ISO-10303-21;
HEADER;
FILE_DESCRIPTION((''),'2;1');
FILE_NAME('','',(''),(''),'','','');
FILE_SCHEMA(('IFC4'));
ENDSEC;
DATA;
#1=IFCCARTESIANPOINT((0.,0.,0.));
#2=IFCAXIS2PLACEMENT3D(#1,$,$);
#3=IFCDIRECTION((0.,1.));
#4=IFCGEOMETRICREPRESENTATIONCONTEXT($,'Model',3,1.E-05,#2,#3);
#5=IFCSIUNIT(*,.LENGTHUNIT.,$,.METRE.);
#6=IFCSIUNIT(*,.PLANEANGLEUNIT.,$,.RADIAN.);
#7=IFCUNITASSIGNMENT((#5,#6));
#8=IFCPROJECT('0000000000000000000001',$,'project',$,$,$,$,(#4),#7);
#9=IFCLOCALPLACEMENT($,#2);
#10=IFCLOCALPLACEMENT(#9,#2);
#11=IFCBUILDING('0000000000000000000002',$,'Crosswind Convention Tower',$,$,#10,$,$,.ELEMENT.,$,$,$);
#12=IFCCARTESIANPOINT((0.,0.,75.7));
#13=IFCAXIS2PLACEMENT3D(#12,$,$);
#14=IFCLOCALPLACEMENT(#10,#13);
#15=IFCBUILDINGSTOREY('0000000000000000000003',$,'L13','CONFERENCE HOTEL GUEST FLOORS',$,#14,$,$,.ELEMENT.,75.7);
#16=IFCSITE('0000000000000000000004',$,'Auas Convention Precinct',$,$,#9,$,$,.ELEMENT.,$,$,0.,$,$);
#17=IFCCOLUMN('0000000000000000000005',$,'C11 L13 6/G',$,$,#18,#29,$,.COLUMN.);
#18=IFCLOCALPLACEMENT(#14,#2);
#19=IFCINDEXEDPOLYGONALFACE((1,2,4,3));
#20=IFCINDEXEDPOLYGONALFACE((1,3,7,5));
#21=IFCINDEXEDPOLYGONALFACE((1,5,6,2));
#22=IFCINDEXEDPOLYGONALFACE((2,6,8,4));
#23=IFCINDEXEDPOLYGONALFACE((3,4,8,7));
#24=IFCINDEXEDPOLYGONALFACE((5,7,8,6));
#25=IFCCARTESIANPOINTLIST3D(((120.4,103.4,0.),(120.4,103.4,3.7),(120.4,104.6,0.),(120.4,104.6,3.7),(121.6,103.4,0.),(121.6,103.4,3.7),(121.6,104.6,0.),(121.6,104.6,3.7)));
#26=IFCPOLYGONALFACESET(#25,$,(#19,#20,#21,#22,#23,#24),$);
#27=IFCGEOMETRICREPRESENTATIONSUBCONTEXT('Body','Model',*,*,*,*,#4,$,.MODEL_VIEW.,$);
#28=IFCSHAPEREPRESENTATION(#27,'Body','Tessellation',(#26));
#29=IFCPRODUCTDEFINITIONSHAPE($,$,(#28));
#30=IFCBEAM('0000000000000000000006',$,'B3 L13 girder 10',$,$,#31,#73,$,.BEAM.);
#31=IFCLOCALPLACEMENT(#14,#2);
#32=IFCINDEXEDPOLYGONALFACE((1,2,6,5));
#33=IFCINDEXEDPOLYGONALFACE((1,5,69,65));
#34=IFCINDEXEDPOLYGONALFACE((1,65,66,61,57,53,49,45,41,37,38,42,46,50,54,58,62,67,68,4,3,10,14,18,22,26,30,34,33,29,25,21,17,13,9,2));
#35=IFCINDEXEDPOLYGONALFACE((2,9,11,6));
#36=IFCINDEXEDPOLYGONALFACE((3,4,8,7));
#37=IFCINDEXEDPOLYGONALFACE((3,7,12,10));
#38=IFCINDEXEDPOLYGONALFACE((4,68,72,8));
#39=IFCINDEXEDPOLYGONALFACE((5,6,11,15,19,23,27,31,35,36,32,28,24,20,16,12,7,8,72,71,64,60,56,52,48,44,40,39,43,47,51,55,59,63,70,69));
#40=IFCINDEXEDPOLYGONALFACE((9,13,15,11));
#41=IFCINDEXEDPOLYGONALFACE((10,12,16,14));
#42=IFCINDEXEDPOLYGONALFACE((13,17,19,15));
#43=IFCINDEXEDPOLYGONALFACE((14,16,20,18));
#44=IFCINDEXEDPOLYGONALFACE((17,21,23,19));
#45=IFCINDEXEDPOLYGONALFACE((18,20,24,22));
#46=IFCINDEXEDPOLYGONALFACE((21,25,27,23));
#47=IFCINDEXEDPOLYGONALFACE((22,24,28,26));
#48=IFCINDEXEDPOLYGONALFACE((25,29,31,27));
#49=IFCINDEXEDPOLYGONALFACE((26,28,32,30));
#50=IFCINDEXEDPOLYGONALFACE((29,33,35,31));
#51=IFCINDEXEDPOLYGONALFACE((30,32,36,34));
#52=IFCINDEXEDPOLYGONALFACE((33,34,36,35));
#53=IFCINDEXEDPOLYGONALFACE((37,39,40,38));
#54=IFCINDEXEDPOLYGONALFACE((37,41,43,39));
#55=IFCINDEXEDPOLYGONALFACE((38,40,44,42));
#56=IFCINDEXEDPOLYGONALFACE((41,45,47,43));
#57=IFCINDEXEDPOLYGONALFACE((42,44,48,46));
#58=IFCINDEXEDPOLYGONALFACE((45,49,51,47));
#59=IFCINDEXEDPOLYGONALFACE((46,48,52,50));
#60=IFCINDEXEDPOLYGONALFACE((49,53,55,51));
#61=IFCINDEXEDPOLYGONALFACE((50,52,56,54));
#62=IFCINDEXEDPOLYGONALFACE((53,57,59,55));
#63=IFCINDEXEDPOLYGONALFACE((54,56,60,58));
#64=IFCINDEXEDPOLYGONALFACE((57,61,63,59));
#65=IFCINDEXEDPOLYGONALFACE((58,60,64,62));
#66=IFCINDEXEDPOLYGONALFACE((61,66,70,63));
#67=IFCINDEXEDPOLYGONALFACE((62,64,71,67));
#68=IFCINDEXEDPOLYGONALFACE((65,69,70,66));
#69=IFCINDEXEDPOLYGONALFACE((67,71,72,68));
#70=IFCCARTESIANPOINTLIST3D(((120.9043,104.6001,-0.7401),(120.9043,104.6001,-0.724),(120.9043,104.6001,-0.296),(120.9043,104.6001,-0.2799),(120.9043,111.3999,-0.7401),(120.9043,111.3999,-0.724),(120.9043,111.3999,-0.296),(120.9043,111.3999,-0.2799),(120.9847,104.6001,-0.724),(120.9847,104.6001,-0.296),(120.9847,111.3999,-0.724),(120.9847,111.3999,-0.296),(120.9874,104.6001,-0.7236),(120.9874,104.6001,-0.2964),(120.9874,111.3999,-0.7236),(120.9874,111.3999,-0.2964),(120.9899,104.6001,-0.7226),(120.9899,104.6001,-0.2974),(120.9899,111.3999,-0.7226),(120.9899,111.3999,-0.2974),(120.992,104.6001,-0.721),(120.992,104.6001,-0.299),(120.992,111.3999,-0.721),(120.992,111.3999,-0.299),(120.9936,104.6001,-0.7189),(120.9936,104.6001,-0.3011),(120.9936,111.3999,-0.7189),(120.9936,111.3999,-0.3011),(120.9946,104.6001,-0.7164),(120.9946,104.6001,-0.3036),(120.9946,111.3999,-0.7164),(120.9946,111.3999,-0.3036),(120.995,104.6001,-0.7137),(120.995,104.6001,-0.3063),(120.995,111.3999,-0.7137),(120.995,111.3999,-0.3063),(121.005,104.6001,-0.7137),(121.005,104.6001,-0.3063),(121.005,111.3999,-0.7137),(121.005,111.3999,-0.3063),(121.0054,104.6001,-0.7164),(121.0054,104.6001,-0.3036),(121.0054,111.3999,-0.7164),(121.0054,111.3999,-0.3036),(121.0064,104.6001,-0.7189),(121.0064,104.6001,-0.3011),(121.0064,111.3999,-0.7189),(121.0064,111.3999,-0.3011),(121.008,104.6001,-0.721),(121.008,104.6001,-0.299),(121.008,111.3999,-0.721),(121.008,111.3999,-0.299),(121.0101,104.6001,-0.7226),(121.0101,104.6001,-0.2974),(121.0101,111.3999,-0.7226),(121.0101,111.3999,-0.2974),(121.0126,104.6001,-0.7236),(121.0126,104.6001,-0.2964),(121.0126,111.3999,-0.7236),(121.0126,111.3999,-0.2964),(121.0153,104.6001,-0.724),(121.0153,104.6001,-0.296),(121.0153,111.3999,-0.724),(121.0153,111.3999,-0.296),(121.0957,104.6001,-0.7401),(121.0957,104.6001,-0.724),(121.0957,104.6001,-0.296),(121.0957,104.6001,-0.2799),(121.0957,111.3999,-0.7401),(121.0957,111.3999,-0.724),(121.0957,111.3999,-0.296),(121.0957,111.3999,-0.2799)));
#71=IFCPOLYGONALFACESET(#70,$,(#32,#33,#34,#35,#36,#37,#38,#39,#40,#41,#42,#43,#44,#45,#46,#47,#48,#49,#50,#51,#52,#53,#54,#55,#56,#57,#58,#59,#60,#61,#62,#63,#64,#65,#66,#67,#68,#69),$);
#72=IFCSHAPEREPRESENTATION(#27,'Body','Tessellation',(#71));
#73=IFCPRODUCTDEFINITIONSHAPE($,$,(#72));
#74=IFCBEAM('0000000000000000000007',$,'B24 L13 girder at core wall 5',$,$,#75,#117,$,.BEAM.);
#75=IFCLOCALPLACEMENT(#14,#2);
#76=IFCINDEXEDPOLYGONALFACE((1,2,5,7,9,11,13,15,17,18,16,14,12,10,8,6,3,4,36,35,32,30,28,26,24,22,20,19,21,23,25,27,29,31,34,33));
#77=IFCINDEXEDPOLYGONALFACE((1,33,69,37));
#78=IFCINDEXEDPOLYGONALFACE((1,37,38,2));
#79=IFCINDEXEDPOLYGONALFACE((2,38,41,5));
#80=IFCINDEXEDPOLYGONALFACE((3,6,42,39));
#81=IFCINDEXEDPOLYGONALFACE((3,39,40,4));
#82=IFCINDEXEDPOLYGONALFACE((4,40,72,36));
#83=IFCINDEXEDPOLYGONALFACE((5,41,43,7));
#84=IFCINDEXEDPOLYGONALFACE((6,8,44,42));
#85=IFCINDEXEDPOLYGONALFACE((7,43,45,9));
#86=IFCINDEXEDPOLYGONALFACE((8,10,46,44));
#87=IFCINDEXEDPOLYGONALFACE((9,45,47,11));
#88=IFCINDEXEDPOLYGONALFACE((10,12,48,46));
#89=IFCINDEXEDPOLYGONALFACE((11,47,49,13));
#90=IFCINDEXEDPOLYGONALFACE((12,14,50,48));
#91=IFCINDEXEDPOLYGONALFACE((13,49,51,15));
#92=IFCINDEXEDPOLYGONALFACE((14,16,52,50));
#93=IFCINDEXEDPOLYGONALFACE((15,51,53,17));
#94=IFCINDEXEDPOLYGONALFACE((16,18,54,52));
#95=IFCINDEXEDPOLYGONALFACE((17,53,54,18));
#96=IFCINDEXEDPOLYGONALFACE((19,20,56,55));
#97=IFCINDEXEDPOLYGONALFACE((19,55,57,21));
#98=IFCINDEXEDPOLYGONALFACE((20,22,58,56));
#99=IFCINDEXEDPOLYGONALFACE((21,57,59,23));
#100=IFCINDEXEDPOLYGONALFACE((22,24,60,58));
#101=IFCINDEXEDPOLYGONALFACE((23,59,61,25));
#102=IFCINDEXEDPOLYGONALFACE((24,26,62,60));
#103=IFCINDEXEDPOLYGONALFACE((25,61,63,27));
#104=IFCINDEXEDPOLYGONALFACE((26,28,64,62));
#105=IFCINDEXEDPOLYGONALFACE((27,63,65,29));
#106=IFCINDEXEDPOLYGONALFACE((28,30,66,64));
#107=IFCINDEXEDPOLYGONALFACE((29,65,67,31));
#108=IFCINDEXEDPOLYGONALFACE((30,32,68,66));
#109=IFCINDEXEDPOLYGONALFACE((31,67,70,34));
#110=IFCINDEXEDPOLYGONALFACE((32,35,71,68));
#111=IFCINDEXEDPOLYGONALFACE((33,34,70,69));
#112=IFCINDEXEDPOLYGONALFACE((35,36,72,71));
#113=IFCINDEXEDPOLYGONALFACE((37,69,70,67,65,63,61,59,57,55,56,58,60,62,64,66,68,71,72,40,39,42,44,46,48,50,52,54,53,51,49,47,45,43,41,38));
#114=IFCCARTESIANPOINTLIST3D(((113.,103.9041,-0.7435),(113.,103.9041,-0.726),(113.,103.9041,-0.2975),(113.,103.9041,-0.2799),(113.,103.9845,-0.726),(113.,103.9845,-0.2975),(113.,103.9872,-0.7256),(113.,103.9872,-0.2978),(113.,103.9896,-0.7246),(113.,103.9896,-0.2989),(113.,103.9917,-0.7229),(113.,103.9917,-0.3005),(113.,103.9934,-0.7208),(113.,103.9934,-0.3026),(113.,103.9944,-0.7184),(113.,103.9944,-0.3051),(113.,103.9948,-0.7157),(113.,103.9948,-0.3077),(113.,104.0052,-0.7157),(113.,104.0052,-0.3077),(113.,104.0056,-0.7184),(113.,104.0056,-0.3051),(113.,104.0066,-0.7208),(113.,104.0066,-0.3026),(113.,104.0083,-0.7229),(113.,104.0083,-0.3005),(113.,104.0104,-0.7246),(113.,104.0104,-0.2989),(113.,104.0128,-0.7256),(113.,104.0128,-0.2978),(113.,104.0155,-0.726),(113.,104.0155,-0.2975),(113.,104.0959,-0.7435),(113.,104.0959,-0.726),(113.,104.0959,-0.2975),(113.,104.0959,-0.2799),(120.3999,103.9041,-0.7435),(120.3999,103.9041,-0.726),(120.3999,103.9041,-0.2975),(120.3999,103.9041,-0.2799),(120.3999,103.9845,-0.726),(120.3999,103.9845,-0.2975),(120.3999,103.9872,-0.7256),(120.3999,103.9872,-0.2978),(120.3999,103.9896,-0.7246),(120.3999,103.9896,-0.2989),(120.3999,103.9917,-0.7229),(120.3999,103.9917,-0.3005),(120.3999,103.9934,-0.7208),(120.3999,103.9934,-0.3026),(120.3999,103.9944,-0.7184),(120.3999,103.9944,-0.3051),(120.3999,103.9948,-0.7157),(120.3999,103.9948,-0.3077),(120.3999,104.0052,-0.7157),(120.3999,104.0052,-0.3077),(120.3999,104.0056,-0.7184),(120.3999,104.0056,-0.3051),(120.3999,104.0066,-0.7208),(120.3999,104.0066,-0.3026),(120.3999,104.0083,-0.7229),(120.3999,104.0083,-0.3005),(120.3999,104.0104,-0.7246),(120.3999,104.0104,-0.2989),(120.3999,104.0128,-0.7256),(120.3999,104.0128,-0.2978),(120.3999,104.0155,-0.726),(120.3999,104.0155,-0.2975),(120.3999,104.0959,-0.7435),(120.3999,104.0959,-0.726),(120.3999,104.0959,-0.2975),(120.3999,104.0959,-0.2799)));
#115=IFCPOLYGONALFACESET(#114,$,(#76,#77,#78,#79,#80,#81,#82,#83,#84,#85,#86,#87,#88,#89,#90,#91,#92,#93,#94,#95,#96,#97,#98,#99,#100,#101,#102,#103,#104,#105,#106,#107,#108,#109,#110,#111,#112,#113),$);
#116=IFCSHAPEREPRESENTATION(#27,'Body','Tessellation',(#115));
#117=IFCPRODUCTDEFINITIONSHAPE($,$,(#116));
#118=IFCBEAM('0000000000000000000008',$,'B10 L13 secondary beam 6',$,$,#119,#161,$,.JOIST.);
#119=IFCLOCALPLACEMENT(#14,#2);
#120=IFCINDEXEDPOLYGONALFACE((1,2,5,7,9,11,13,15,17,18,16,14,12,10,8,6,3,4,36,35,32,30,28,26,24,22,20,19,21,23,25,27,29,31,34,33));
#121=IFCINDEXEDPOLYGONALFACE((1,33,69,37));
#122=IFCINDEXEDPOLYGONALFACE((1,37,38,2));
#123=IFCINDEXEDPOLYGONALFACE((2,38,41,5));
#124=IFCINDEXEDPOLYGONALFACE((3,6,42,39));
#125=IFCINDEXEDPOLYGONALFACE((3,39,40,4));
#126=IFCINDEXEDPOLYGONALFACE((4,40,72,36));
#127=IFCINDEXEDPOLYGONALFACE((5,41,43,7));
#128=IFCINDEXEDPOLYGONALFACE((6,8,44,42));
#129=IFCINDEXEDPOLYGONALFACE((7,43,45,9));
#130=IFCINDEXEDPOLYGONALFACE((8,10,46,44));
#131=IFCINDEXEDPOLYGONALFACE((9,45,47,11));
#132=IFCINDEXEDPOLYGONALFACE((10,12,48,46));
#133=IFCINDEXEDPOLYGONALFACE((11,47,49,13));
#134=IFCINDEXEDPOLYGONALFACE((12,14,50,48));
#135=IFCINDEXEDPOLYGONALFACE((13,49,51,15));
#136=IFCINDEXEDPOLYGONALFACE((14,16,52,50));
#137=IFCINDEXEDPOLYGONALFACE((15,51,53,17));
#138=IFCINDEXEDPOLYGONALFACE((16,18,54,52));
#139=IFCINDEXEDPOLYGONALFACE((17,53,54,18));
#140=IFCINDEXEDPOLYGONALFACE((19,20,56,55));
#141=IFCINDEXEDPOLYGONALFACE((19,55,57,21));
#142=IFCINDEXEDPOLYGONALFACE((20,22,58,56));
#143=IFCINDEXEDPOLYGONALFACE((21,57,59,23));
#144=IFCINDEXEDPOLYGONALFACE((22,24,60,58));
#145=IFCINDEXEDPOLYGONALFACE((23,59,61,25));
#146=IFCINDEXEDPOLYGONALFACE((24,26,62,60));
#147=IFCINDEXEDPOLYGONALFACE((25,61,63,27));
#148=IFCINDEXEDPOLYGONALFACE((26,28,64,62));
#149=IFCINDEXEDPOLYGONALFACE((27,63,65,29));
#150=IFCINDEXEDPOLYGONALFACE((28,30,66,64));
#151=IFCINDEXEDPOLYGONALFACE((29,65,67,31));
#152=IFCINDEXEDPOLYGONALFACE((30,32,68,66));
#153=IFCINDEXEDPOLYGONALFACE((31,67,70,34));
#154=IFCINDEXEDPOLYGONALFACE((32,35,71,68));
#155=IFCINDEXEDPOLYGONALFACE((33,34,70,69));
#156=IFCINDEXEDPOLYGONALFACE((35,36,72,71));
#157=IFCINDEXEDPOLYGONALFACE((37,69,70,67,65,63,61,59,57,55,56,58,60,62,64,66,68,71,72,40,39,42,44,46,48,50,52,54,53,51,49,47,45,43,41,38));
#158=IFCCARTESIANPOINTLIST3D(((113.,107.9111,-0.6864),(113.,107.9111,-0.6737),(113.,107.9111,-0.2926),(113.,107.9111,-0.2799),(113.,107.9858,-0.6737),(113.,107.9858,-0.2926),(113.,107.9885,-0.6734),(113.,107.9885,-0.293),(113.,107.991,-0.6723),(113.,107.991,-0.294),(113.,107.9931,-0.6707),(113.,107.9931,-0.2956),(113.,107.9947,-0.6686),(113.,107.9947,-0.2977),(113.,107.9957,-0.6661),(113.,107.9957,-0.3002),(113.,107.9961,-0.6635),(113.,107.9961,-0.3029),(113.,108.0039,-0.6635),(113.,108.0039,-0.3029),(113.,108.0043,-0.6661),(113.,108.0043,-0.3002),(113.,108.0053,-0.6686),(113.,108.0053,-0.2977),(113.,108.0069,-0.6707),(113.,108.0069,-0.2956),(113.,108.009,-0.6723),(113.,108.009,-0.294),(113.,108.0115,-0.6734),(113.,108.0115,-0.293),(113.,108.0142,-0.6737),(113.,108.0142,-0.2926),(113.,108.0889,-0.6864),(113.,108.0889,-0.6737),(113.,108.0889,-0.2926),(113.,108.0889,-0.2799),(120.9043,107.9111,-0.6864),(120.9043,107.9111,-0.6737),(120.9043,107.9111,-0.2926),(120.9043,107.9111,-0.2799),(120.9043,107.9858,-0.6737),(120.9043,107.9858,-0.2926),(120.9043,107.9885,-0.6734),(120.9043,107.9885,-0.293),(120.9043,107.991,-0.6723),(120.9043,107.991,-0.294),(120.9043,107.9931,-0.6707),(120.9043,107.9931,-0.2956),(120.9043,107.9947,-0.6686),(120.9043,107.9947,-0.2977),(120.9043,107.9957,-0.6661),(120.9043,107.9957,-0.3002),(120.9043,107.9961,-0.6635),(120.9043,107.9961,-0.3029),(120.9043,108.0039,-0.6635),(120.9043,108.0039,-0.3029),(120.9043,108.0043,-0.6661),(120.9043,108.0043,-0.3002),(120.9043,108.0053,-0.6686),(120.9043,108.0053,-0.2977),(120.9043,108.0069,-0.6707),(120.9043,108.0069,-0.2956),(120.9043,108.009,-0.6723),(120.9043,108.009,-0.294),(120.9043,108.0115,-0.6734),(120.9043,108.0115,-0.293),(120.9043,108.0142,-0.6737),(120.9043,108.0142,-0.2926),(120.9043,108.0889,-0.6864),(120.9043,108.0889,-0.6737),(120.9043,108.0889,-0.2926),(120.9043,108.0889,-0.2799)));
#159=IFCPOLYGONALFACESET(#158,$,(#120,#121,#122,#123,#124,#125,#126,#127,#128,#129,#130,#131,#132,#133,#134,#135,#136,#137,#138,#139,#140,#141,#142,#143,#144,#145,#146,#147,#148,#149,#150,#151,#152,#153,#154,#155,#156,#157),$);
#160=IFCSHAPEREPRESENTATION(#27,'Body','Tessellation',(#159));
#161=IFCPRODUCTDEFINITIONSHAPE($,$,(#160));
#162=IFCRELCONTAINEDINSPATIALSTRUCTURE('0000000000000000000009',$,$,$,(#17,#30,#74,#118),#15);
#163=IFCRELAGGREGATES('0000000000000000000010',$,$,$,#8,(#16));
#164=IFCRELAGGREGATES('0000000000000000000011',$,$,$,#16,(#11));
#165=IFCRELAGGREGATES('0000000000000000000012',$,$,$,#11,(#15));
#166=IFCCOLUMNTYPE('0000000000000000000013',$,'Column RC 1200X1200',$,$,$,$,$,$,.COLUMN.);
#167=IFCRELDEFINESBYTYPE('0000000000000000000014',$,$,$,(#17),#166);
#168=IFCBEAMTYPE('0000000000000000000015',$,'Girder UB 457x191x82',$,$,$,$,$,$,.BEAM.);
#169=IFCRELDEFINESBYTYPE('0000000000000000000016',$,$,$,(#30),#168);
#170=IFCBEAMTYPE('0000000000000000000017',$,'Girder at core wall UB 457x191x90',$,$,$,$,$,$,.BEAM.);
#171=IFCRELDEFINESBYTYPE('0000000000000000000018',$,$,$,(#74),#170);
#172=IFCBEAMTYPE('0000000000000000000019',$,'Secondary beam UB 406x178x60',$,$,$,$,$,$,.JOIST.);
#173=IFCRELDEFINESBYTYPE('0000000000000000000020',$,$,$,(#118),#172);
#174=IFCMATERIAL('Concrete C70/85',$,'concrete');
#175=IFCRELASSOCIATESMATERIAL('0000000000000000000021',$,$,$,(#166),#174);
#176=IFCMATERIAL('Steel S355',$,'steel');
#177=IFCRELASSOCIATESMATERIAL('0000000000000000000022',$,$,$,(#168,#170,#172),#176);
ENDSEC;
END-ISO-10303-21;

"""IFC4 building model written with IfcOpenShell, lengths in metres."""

from ifc_helpers import new_model, si_unit, direction, frame, origin, origin_2d, place, context, subcontext, project, spatial, rectangle, i_section, extrude, material, material_profile, profile_set, type_object, element, save


model = new_model("IFC4")

# Units and contexts
model_context = context("Model", 3, precision=1e-05, world=origin(), true_north=direction((0.0, 1.0)))
body_context = subcontext(model_context, "Body", "Model", "MODEL_VIEW")
ifc_project = project(units=[si_unit("LENGTHUNIT", "METRE"), si_unit("PLANEANGLEUNIT", "RADIAN")], contexts=[model_context])

# Site, building, storey
site_placement = place(None, origin())
site = spatial("IfcSite", under=ifc_project, at=site_placement, Name="Auas Convention Precinct", CompositionType="ELEMENT", RefElevation=0.0)
building_placement = place(site_placement, origin())
building = spatial("IfcBuilding", under=site, at=building_placement, Name="Crosswind Convention Tower", CompositionType="ELEMENT")
storey_placement = place(building_placement, frame((0.0, 0.0, 75.7)))
storey = spatial("IfcBuildingStorey", under=building, at=storey_placement, Name="L13", Description="CONFERENCE HOTEL GUEST FLOORS", CompositionType="ELEMENT", Elevation=75.7)

# Column
ifc_material_1 = material(Name="Concrete C70/85", Category="concrete")
ifc_material_profile_1 = material_profile(ifc_material_1, rectangle(XDim=1.2, YDim=1.2, at=origin_2d()), Name="RC 1200X1200")
ifc_profile_set_1 = profile_set([ifc_material_profile_1], Name="Concrete C70/85")
column_type = type_object("IfcColumnType", Name="Column RC 1200X1200", PredefinedType="COLUMN", material=ifc_profile_set_1)
column_placement = place(storey_placement, frame((121.0, 104.0, 0.0), z_axis=(0.0, 0.0, 1.0), x_axis=(1.0, 0.0, 0.0)))
element("IfcColumn", 1, at=column_placement, inside=storey, type_object=column_type, Name="C11 L13 6/G", PredefinedType="COLUMN", context=body_context, shape_type="SweptSolid", body=[
    extrude(rectangle(XDim=1.2, YDim=1.2, at=origin_2d()), origin(), (0.0, 0.0, 1.0), 3.7),
])

# Beams
ifc_material_2 = material(Name="Steel S355", Category="steel")
ifc_material_profile_2 = material_profile(ifc_material_2, i_section(OverallWidth=0.1914, OverallDepth=0.4602, WebThickness=0.01, FlangeThickness=0.0161, FilletRadius=0.0103, at=origin_2d()), Name="UB 457x191x82")
ifc_profile_set_2 = profile_set([ifc_material_profile_2], Name="Steel S355")
beam_type_1 = type_object("IfcBeamType", Name="Girder UB 457x191x82", PredefinedType="BEAM", material=ifc_profile_set_2)
beam_1_placement = place(storey_placement, frame((121.0, 104.6001, -0.51), z_axis=(0.0, 1.0, 0.0), x_axis=(-1.0, 0.0, 0.0)))
element("IfcBeam", 2, at=beam_1_placement, inside=storey, type_object=beam_type_1, Name="B3 L13 girder 10", PredefinedType="BEAM", context=body_context, shape_type="SweptSolid", body=[
    extrude(i_section(OverallWidth=0.1914, OverallDepth=0.4602, WebThickness=0.01, FlangeThickness=0.0161, FilletRadius=0.0103, at=origin_2d()), origin(), (0.0, 0.0, 1.0), 6.7998),
])
ifc_material_profile_3 = material_profile(ifc_material_2, i_section(OverallWidth=0.1919, OverallDepth=0.4636, WebThickness=0.0105, FlangeThickness=0.0176, FilletRadius=0.0103, at=origin_2d()), Name="UB 457x191x90")
ifc_profile_set_3 = profile_set([ifc_material_profile_3], Name="Steel S355")
beam_type_2 = type_object("IfcBeamType", Name="Girder at core wall UB 457x191x90", PredefinedType="BEAM", material=ifc_profile_set_3)
beam_2_placement = place(storey_placement, frame((113.0, 104.0, -0.5117), z_axis=(1.0, 0.0, 0.0), x_axis=(0.0, 1.0, 0.0)))
element("IfcBeam", 3, at=beam_2_placement, inside=storey, type_object=beam_type_2, Name="B24 L13 girder at core wall 5", PredefinedType="BEAM", context=body_context, shape_type="SweptSolid", body=[
    extrude(i_section(OverallWidth=0.1919, OverallDepth=0.4636, WebThickness=0.0105, FlangeThickness=0.0176, FilletRadius=0.0103, at=origin_2d()), origin(), (0.0, 0.0, 1.0), 7.3999),
])
ifc_material_profile_4 = material_profile(ifc_material_2, i_section(OverallWidth=0.1777, OverallDepth=0.4065, WebThickness=0.0078, FlangeThickness=0.0127, FilletRadius=0.0103, at=origin_2d()), Name="UB 406x178x60")
ifc_profile_set_4 = profile_set([ifc_material_profile_4], Name="Steel S355")
beam_type_3 = type_object("IfcBeamType", Name="Secondary beam UB 406x178x60", PredefinedType="JOIST", material=ifc_profile_set_4)
beam_3_placement = place(storey_placement, frame((113.0, 108.0, -0.4832), z_axis=(1.0, 0.0, 0.0), x_axis=(0.0, 1.0, 0.0)))
element("IfcBeam", 4, at=beam_3_placement, inside=storey, type_object=beam_type_3, Name="B10 L13 secondary beam 6", PredefinedType="JOIST", context=body_context, shape_type="SweptSolid", body=[
    extrude(i_section(OverallWidth=0.1777, OverallDepth=0.4065, WebThickness=0.0078, FlangeThickness=0.0127, FilletRadius=0.0103, at=origin_2d()), origin(), (0.0, 0.0, 1.0), 7.9043),
])

save(model, "model.ifc")
